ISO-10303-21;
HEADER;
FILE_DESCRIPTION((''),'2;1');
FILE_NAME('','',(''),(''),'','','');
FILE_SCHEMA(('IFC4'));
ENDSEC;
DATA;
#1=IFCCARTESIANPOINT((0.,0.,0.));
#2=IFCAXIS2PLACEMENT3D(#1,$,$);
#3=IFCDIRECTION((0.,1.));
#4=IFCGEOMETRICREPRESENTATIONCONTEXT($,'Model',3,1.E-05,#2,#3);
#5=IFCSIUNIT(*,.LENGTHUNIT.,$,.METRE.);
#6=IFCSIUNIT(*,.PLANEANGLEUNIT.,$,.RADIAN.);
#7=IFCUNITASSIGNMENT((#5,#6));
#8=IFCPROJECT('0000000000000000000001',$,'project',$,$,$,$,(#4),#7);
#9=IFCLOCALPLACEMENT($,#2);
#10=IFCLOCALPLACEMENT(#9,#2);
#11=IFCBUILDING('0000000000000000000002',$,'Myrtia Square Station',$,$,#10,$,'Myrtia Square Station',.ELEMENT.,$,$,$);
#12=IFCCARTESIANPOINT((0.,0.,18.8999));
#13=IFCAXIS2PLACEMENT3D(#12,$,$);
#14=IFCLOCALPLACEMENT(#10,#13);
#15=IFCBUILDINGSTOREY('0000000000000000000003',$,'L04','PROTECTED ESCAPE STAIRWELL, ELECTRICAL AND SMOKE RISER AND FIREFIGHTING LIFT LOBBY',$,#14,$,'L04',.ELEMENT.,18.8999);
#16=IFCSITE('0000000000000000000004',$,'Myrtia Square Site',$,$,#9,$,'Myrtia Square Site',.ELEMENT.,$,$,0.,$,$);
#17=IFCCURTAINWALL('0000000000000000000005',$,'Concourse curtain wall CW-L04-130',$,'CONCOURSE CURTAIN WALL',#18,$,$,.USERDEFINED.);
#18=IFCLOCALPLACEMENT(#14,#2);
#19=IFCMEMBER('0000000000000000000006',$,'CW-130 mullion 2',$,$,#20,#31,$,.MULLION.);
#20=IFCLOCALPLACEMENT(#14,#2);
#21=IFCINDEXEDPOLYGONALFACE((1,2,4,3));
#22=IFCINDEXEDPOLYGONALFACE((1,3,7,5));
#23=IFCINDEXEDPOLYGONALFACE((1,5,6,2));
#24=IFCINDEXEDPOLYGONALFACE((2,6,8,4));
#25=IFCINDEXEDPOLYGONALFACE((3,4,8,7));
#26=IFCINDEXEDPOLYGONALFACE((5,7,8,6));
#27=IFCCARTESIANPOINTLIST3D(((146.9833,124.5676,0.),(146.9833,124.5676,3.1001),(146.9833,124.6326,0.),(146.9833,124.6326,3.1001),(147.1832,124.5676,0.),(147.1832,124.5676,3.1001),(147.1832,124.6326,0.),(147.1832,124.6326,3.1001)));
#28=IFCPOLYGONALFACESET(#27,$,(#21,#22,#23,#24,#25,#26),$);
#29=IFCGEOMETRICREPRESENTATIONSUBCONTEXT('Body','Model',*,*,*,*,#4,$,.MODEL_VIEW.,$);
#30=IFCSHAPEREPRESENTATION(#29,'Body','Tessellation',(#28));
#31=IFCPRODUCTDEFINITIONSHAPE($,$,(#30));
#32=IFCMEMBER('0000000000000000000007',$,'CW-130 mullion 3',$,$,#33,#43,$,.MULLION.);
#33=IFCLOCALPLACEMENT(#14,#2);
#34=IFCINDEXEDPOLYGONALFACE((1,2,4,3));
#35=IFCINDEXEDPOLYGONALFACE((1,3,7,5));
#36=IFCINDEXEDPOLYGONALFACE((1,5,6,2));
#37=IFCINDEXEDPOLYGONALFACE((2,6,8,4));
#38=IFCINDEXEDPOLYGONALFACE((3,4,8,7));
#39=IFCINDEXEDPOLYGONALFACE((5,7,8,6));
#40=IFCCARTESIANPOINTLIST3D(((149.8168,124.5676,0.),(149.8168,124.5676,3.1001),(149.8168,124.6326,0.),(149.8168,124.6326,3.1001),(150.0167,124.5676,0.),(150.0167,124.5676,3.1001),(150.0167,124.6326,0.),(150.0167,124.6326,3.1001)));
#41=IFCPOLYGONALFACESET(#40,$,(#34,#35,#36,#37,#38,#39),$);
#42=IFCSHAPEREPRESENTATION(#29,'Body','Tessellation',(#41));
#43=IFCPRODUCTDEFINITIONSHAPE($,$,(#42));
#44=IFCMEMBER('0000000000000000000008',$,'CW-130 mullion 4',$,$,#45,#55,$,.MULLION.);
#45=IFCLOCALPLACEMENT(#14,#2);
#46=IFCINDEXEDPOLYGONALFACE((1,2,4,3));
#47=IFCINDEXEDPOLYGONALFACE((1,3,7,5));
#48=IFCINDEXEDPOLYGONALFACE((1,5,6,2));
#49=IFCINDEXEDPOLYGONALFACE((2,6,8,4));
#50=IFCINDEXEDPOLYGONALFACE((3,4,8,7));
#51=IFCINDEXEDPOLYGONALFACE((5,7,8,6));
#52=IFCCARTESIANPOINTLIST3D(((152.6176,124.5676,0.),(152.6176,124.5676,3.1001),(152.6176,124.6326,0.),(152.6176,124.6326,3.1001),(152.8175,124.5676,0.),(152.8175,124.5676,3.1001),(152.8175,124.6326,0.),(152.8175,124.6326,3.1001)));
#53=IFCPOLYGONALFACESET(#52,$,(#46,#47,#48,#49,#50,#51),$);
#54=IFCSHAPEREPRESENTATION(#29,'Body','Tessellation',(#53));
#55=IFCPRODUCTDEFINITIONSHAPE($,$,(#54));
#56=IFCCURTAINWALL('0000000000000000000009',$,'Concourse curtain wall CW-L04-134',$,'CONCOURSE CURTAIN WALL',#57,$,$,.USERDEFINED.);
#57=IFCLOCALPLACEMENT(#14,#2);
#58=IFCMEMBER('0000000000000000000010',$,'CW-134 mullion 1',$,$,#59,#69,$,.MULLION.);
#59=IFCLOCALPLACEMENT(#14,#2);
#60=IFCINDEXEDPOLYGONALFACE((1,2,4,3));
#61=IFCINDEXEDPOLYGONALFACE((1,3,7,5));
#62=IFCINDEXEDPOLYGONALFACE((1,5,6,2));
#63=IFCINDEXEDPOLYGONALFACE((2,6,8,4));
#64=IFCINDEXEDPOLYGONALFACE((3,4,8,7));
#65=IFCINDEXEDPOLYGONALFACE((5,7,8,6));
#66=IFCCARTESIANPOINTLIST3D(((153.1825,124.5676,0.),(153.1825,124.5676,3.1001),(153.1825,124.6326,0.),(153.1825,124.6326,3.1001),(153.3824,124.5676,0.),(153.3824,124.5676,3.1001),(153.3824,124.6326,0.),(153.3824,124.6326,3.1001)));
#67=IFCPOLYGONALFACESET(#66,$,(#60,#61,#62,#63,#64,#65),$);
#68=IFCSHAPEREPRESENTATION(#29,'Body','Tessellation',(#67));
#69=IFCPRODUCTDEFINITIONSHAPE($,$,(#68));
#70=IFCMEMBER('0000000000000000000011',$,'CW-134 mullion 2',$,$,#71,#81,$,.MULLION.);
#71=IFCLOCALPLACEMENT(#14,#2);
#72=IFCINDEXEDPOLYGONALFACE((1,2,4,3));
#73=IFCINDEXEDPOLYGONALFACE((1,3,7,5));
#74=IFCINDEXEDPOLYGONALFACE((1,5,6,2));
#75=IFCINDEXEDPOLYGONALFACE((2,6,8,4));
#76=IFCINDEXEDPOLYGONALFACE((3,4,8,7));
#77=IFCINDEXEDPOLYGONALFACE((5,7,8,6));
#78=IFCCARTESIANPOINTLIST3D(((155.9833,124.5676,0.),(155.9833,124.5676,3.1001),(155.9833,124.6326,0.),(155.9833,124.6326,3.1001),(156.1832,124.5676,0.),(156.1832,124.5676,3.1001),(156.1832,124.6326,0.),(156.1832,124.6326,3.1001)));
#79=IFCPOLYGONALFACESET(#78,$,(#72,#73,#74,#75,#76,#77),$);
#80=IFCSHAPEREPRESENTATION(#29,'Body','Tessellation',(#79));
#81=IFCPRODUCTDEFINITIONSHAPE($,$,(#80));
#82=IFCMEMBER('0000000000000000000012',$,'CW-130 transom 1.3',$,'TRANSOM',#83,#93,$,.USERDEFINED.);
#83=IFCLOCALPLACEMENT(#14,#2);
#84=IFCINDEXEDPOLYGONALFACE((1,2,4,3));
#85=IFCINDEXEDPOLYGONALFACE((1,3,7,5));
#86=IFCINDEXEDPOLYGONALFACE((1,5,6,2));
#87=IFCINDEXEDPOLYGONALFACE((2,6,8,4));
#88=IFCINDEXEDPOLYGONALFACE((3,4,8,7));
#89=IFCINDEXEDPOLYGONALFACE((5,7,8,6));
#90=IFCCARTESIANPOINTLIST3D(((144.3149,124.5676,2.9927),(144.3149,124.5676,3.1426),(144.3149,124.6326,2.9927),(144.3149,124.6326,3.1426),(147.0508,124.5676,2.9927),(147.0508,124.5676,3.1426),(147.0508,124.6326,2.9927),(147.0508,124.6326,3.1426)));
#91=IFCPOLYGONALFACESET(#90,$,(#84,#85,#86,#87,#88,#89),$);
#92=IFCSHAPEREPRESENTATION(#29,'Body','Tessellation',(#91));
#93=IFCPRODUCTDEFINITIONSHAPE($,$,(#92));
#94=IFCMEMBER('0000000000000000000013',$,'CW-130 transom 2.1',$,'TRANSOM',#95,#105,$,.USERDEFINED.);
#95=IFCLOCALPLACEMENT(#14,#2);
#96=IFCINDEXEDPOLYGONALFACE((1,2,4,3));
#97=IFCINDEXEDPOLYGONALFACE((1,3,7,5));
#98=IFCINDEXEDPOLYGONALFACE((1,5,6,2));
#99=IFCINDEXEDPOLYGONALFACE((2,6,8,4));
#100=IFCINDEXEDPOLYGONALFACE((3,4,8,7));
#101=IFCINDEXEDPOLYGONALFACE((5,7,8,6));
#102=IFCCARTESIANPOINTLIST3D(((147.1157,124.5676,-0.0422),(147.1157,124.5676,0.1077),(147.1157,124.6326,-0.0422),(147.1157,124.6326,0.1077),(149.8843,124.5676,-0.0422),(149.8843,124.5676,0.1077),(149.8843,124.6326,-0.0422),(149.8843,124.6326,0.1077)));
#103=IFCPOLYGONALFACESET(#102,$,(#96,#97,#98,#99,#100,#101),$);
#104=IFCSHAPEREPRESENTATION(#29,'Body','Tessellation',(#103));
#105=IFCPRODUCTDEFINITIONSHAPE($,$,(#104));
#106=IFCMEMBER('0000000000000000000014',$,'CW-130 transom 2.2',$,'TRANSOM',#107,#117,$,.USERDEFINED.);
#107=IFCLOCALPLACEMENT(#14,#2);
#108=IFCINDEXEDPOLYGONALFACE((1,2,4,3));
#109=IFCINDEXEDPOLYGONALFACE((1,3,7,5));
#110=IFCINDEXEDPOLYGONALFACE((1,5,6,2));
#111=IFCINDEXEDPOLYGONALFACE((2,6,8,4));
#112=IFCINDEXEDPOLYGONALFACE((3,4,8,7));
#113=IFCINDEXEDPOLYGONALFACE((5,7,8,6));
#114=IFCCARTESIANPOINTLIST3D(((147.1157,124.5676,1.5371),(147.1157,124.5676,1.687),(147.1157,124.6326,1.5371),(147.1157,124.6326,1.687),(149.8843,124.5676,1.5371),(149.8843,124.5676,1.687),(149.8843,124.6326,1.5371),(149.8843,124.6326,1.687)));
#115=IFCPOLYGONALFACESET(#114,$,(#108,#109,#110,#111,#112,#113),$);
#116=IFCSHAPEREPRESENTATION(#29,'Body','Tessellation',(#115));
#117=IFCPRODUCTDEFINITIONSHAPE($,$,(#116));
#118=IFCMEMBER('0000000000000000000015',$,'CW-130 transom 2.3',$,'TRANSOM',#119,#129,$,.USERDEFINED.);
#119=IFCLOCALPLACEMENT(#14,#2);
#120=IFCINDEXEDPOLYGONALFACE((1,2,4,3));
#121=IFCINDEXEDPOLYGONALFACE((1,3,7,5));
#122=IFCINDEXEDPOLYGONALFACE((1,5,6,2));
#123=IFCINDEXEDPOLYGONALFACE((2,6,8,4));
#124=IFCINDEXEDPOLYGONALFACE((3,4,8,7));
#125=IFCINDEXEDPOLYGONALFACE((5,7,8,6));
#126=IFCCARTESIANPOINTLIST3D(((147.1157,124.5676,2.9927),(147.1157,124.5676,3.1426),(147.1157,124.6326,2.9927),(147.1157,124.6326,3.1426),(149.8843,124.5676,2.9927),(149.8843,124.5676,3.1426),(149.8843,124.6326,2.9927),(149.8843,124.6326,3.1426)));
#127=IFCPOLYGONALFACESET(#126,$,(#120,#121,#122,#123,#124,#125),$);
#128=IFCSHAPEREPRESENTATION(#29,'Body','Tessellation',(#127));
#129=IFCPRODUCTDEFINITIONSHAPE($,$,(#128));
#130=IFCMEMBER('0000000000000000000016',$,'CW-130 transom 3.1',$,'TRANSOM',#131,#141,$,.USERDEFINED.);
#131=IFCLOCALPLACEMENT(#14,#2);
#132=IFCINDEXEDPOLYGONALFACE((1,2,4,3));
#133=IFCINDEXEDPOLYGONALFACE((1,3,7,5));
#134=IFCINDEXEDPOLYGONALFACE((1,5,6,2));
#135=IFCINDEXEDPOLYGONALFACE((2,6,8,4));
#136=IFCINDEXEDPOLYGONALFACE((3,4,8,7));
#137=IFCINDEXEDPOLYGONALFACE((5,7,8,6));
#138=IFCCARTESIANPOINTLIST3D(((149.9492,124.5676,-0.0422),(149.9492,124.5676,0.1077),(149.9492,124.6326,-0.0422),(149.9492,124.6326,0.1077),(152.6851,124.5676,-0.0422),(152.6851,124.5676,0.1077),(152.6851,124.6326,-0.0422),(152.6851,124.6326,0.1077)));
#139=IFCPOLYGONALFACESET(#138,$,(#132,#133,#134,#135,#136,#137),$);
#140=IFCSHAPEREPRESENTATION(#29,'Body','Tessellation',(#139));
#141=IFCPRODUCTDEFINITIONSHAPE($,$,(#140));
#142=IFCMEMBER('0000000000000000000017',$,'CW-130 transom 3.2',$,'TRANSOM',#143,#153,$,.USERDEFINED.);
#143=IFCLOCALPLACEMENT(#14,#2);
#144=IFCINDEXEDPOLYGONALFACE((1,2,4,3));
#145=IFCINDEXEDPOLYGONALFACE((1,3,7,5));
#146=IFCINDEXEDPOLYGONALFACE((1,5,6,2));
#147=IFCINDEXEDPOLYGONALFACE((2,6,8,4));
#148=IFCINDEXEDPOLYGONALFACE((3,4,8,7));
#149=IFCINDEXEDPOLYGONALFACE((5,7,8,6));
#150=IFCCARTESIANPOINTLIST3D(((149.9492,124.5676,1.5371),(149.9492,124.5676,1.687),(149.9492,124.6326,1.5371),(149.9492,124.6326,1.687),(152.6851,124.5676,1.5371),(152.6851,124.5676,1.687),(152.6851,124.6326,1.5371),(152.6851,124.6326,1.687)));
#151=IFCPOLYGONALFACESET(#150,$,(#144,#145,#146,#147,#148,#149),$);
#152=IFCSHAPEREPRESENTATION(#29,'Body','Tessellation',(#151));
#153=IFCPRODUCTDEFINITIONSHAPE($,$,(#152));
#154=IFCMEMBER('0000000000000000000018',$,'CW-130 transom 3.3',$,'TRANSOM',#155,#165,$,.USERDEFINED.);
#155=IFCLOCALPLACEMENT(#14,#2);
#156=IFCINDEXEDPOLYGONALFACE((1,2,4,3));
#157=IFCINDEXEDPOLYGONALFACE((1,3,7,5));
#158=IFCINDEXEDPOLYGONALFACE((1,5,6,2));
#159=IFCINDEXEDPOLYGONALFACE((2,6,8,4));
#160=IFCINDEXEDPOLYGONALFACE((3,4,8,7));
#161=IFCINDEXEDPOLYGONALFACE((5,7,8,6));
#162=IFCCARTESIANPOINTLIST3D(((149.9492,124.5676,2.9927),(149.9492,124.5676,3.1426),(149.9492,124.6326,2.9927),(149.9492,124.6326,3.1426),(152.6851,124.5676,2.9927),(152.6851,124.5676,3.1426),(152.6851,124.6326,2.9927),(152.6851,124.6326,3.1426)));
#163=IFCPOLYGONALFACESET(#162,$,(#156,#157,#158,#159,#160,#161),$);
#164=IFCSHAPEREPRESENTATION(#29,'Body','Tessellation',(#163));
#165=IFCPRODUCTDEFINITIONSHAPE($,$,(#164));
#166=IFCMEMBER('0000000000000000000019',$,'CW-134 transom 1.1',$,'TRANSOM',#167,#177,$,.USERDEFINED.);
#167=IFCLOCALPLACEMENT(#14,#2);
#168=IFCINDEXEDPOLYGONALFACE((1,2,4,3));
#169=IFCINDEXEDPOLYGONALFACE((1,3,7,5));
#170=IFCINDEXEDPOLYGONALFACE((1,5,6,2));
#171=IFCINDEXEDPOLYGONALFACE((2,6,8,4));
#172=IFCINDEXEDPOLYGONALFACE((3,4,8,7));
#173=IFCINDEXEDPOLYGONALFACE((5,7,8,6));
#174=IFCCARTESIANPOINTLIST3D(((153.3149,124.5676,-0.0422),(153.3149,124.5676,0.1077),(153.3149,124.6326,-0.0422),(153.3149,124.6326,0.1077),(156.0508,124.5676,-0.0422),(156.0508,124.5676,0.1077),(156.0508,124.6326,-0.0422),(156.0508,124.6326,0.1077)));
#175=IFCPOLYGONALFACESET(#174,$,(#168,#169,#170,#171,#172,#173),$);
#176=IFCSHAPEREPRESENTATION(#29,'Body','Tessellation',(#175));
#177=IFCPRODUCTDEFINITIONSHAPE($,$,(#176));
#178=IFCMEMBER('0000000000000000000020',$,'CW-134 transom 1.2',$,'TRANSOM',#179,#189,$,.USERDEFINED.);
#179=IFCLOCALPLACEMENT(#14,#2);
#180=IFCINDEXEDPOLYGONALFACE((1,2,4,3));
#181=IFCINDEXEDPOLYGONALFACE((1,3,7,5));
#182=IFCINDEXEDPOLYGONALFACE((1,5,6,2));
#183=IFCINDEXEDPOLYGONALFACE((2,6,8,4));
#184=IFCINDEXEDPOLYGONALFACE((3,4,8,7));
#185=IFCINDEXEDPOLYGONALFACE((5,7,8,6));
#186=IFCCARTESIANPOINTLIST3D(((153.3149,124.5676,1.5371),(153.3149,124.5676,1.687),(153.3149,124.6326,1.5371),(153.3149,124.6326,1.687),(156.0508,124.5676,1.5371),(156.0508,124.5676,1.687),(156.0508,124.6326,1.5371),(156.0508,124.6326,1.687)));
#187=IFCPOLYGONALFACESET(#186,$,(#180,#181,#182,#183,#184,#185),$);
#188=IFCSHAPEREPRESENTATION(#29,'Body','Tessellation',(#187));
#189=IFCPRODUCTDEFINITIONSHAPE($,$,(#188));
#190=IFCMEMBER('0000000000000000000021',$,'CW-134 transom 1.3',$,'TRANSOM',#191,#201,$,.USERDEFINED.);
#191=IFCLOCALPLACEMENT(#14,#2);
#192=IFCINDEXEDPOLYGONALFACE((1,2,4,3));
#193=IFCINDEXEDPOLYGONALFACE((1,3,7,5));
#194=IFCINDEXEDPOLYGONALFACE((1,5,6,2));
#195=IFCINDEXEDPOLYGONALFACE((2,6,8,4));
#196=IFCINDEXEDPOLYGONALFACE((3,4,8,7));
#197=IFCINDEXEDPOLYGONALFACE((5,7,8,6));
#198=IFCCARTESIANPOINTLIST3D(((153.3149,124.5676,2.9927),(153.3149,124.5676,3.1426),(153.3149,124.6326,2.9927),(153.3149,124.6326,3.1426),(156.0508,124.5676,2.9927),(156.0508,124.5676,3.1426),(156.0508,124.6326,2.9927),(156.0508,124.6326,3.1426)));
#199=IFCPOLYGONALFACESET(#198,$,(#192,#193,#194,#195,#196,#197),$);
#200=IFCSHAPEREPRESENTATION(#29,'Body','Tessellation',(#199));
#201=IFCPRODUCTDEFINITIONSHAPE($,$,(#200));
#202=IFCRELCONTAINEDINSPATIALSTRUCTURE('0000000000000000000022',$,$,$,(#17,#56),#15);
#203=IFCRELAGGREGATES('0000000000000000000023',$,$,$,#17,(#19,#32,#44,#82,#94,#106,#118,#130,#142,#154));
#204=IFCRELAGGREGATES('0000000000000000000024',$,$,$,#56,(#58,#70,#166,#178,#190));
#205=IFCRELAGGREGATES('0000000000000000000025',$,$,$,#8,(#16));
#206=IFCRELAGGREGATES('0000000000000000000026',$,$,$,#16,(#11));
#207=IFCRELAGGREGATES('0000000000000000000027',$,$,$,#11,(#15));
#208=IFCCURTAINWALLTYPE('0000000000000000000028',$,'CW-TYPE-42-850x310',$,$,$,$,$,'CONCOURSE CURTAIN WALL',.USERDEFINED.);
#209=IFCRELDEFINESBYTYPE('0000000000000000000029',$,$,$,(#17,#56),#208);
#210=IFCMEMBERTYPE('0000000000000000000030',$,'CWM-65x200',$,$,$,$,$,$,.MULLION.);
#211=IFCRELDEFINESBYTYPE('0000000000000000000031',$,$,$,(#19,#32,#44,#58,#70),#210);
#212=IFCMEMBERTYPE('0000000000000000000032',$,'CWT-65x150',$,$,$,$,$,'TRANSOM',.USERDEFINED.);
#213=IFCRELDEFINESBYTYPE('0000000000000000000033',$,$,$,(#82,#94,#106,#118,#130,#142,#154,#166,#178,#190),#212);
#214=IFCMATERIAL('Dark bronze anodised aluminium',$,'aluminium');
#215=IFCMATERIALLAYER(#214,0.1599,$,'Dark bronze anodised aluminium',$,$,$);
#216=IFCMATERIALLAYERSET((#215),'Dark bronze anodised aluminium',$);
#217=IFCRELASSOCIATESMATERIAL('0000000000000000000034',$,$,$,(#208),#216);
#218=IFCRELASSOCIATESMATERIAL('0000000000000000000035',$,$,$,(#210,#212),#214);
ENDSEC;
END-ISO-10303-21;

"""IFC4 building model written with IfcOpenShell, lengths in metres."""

from ifc_helpers import new_model, si_unit, direction, frame, origin, origin_2d, place, context, subcontext, project, spatial, rectangle, extrude, material, layer, layer_set, material_profile, profile_set, type_object, element, aggregate, save


model = new_model("IFC4")

# Units and contexts
model_context = context("Model", 3, precision=1e-05, world=origin(), true_north=direction((0.0, 1.0)))
body_context = subcontext(model_context, "Body", "Model", "MODEL_VIEW")
ifc_project = project(units=[si_unit("LENGTHUNIT", "METRE"), si_unit("PLANEANGLEUNIT", "RADIAN")], contexts=[model_context])

# Site, building, storey
site_placement = place(None, origin())
site = spatial("IfcSite", under=ifc_project, at=site_placement, Name="Myrtia Square Site", LongName="Myrtia Square Site", CompositionType="ELEMENT", RefElevation=0.0)
building_placement = place(site_placement, origin())
building = spatial("IfcBuilding", under=site, at=building_placement, Name="Myrtia Square Station", LongName="Myrtia Square Station", CompositionType="ELEMENT")
storey_placement = place(building_placement, frame((0.0, 0.0, 18.8999)))
storey = spatial("IfcBuildingStorey", under=building, at=storey_placement, Name="L04", Description="PROTECTED ESCAPE STAIRWELL, ELECTRICAL AND SMOKE RISER AND FIREFIGHTING LIFT LOBBY", LongName="L04", CompositionType="ELEMENT", Elevation=18.8999)

# Curtain walls, members
ifc_material_1 = material(Name="Dark bronze anodised aluminium", Category="aluminium")
ifc_layer_1 = layer(ifc_material_1, 0.1599, Name="Dark bronze anodised aluminium")
ifc_layer_set_1 = layer_set([ifc_layer_1], Name="Dark bronze anodised aluminium")
curtain_wall_type = type_object("IfcCurtainWallType", Name="CW-TYPE-42-850x310", ElementType="CONCOURSE CURTAIN WALL", PredefinedType="USERDEFINED", material=ifc_layer_set_1)
curtain_wall_1_placement = place(storey_placement, origin())
curtain_wall_1 = element("IfcCurtainWall", 1, at=curtain_wall_1_placement, inside=storey, type_object=curtain_wall_type, Name="Concourse curtain wall CW-L04-130", ObjectType="CONCOURSE CURTAIN WALL", PredefinedType="USERDEFINED")
ifc_material_profile_1 = material_profile(ifc_material_1, rectangle(XDim=0.0649, YDim=0.2, at=origin_2d()), Name="ALU-M 65x200")
ifc_profile_set_1 = profile_set([ifc_material_profile_1], Name="Dark bronze anodised aluminium")
member_type_1 = type_object("IfcMemberType", Name="CWM-65x200", PredefinedType="MULLION", material=ifc_profile_set_1)
member_1_placement = place(storey_placement, frame((147.0833, 124.6001, 0.0), z_axis=(0.0, 0.0, 1.0), x_axis=(0.0, 1.0, 0.0)))
member_1 = element("IfcMember", 2, at=member_1_placement, type_object=member_type_1, Name="CW-130 mullion 2", PredefinedType="MULLION", context=body_context, shape_type="SweptSolid", body=[
    extrude(rectangle(XDim=0.0649, YDim=0.2, at=origin_2d()), origin(), (0.0, 0.0, 1.0), 3.1001),
])
member_2_placement = place(storey_placement, frame((149.9167, 124.6001, 0.0), z_axis=(0.0, 0.0, 1.0), x_axis=(0.0, 1.0, 0.0)))
member_2 = element("IfcMember", 3, at=member_2_placement, type_object=member_type_1, Name="CW-130 mullion 3", PredefinedType="MULLION", context=body_context, shape_type="SweptSolid", body=[
    extrude(rectangle(XDim=0.0649, YDim=0.2, at=origin_2d()), origin(), (0.0, 0.0, 1.0), 3.1001),
])
member_3_placement = place(storey_placement, frame((152.7175, 124.6001, 0.0), z_axis=(0.0, 0.0, 1.0), x_axis=(0.0, 1.0, 0.0)))
member_3 = element("IfcMember", 4, at=member_3_placement, type_object=member_type_1, Name="CW-130 mullion 4", PredefinedType="MULLION", context=body_context, shape_type="SweptSolid", body=[
    extrude(rectangle(XDim=0.0649, YDim=0.2, at=origin_2d()), origin(), (0.0, 0.0, 1.0), 3.1001),
])
curtain_wall_2_placement = place(storey_placement, origin())
curtain_wall_2 = element("IfcCurtainWall", 5, at=curtain_wall_2_placement, inside=storey, type_object=curtain_wall_type, Name="Concourse curtain wall CW-L04-134", ObjectType="CONCOURSE CURTAIN WALL", PredefinedType="USERDEFINED")
member_4_placement = place(storey_placement, frame((153.2825, 124.6001, 0.0), z_axis=(0.0, 0.0, 1.0), x_axis=(0.0, 1.0, 0.0)))
member_4 = element("IfcMember", 6, at=member_4_placement, type_object=member_type_1, Name="CW-134 mullion 1", PredefinedType="MULLION", context=body_context, shape_type="SweptSolid", body=[
    extrude(rectangle(XDim=0.0649, YDim=0.2, at=origin_2d()), origin(), (0.0, 0.0, 1.0), 3.1001),
])
member_5_placement = place(storey_placement, frame((156.0833, 124.6001, 0.0), z_axis=(0.0, 0.0, 1.0), x_axis=(0.0, 1.0, 0.0)))
member_5 = element("IfcMember", 7, at=member_5_placement, type_object=member_type_1, Name="CW-134 mullion 2", PredefinedType="MULLION", context=body_context, shape_type="SweptSolid", body=[
    extrude(rectangle(XDim=0.0649, YDim=0.2, at=origin_2d()), origin(), (0.0, 0.0, 1.0), 3.1001),
])

# Members
ifc_material_profile_2 = material_profile(ifc_material_1, rectangle(XDim=0.0649, YDim=0.1499, at=origin_2d()), Name="ALU-T 65x150")
ifc_profile_set_2 = profile_set([ifc_material_profile_2], Name="Dark bronze anodised aluminium")
member_type_2 = type_object("IfcMemberType", Name="CWT-65x150", ElementType="TRANSOM", PredefinedType="USERDEFINED", material=ifc_profile_set_2)
member_6_placement = place(storey_placement, frame((144.3149, 124.6001, 3.0676), z_axis=(1.0, 0.0, 0.0), x_axis=(0.0, 1.0, 0.0)))
member_6 = element("IfcMember", 8, at=member_6_placement, type_object=member_type_2, Name="CW-130 transom 1.3", ObjectType="TRANSOM", PredefinedType="USERDEFINED", context=body_context, shape_type="SweptSolid", body=[
    extrude(rectangle(XDim=0.0649, YDim=0.1499, at=origin_2d()), origin(), (0.0, 0.0, 1.0), 2.7358),
])
member_7_placement = place(storey_placement, frame((147.1157, 124.6001, 0.0327), z_axis=(1.0, 0.0, 0.0), x_axis=(0.0, 1.0, 0.0)))
member_7 = element("IfcMember", 9, at=member_7_placement, type_object=member_type_2, Name="CW-130 transom 2.1", ObjectType="TRANSOM", PredefinedType="USERDEFINED", context=body_context, shape_type="SweptSolid", body=[
    extrude(rectangle(XDim=0.0649, YDim=0.1499, at=origin_2d()), origin(), (0.0, 0.0, 1.0), 2.7686),
])
member_8_placement = place(storey_placement, frame((147.1157, 124.6001, 1.6121), z_axis=(1.0, 0.0, 0.0), x_axis=(0.0, 1.0, 0.0)))
member_8 = element("IfcMember", 10, at=member_8_placement, type_object=member_type_2, Name="CW-130 transom 2.2", ObjectType="TRANSOM", PredefinedType="USERDEFINED", context=body_context, shape_type="SweptSolid", body=[
    extrude(rectangle(XDim=0.0649, YDim=0.1499, at=origin_2d()), origin(), (0.0, 0.0, 1.0), 2.7686),
])
member_9_placement = place(storey_placement, frame((147.1157, 124.6001, 3.0676), z_axis=(1.0, 0.0, 0.0), x_axis=(0.0, 1.0, 0.0)))
member_9 = element("IfcMember", 11, at=member_9_placement, type_object=member_type_2, Name="CW-130 transom 2.3", ObjectType="TRANSOM", PredefinedType="USERDEFINED", context=body_context, shape_type="SweptSolid", body=[
    extrude(rectangle(XDim=0.0649, YDim=0.1499, at=origin_2d()), origin(), (0.0, 0.0, 1.0), 2.7686),
])
member_10_placement = place(storey_placement, frame((149.9492, 124.6001, 0.0327), z_axis=(1.0, 0.0, 0.0), x_axis=(0.0, 1.0, 0.0)))
member_10 = element("IfcMember", 12, at=member_10_placement, type_object=member_type_2, Name="CW-130 transom 3.1", ObjectType="TRANSOM", PredefinedType="USERDEFINED", context=body_context, shape_type="SweptSolid", body=[
    extrude(rectangle(XDim=0.0649, YDim=0.1499, at=origin_2d()), origin(), (0.0, 0.0, 1.0), 2.7358),
])
member_11_placement = place(storey_placement, frame((149.9492, 124.6001, 1.6121), z_axis=(1.0, 0.0, 0.0), x_axis=(0.0, 1.0, 0.0)))
member_11 = element("IfcMember", 13, at=member_11_placement, type_object=member_type_2, Name="CW-130 transom 3.2", ObjectType="TRANSOM", PredefinedType="USERDEFINED", context=body_context, shape_type="SweptSolid", body=[
    extrude(rectangle(XDim=0.0649, YDim=0.1499, at=origin_2d()), origin(), (0.0, 0.0, 1.0), 2.7358),
])
member_12_placement = place(storey_placement, frame((149.9492, 124.6001, 3.0676), z_axis=(1.0, 0.0, 0.0), x_axis=(0.0, 1.0, 0.0)))
member_12 = element("IfcMember", 14, at=member_12_placement, type_object=member_type_2, Name="CW-130 transom 3.3", ObjectType="TRANSOM", PredefinedType="USERDEFINED", context=body_context, shape_type="SweptSolid", body=[
    extrude(rectangle(XDim=0.0649, YDim=0.1499, at=origin_2d()), origin(), (0.0, 0.0, 1.0), 2.7358),
])
member_13_placement = place(storey_placement, frame((153.3149, 124.6001, 0.0327), z_axis=(1.0, 0.0, 0.0), x_axis=(0.0, 1.0, 0.0)))
member_13 = element("IfcMember", 15, at=member_13_placement, type_object=member_type_2, Name="CW-134 transom 1.1", ObjectType="TRANSOM", PredefinedType="USERDEFINED", context=body_context, shape_type="SweptSolid", body=[
    extrude(rectangle(XDim=0.0649, YDim=0.1499, at=origin_2d()), origin(), (0.0, 0.0, 1.0), 2.7358),
])
member_14_placement = place(storey_placement, frame((153.3149, 124.6001, 1.6121), z_axis=(1.0, 0.0, 0.0), x_axis=(0.0, 1.0, 0.0)))
member_14 = element("IfcMember", 16, at=member_14_placement, type_object=member_type_2, Name="CW-134 transom 1.2", ObjectType="TRANSOM", PredefinedType="USERDEFINED", context=body_context, shape_type="SweptSolid", body=[
    extrude(rectangle(XDim=0.0649, YDim=0.1499, at=origin_2d()), origin(), (0.0, 0.0, 1.0), 2.7358),
])
member_15_placement = place(storey_placement, frame((153.3149, 124.6001, 3.0676), z_axis=(1.0, 0.0, 0.0), x_axis=(0.0, 1.0, 0.0)))
member_15 = element("IfcMember", 17, at=member_15_placement, type_object=member_type_2, Name="CW-134 transom 1.3", ObjectType="TRANSOM", PredefinedType="USERDEFINED", context=body_context, shape_type="SweptSolid", body=[
    extrude(rectangle(XDim=0.0649, YDim=0.1499, at=origin_2d()), origin(), (0.0, 0.0, 1.0), 2.7358),
])

aggregate(curtain_wall_1, [member_1, member_2, member_3, member_6, member_7, member_8, member_9, member_10, member_11, member_12])
aggregate(curtain_wall_2, [member_4, member_5, member_13, member_14, member_15])

save(model, "model.ifc")
